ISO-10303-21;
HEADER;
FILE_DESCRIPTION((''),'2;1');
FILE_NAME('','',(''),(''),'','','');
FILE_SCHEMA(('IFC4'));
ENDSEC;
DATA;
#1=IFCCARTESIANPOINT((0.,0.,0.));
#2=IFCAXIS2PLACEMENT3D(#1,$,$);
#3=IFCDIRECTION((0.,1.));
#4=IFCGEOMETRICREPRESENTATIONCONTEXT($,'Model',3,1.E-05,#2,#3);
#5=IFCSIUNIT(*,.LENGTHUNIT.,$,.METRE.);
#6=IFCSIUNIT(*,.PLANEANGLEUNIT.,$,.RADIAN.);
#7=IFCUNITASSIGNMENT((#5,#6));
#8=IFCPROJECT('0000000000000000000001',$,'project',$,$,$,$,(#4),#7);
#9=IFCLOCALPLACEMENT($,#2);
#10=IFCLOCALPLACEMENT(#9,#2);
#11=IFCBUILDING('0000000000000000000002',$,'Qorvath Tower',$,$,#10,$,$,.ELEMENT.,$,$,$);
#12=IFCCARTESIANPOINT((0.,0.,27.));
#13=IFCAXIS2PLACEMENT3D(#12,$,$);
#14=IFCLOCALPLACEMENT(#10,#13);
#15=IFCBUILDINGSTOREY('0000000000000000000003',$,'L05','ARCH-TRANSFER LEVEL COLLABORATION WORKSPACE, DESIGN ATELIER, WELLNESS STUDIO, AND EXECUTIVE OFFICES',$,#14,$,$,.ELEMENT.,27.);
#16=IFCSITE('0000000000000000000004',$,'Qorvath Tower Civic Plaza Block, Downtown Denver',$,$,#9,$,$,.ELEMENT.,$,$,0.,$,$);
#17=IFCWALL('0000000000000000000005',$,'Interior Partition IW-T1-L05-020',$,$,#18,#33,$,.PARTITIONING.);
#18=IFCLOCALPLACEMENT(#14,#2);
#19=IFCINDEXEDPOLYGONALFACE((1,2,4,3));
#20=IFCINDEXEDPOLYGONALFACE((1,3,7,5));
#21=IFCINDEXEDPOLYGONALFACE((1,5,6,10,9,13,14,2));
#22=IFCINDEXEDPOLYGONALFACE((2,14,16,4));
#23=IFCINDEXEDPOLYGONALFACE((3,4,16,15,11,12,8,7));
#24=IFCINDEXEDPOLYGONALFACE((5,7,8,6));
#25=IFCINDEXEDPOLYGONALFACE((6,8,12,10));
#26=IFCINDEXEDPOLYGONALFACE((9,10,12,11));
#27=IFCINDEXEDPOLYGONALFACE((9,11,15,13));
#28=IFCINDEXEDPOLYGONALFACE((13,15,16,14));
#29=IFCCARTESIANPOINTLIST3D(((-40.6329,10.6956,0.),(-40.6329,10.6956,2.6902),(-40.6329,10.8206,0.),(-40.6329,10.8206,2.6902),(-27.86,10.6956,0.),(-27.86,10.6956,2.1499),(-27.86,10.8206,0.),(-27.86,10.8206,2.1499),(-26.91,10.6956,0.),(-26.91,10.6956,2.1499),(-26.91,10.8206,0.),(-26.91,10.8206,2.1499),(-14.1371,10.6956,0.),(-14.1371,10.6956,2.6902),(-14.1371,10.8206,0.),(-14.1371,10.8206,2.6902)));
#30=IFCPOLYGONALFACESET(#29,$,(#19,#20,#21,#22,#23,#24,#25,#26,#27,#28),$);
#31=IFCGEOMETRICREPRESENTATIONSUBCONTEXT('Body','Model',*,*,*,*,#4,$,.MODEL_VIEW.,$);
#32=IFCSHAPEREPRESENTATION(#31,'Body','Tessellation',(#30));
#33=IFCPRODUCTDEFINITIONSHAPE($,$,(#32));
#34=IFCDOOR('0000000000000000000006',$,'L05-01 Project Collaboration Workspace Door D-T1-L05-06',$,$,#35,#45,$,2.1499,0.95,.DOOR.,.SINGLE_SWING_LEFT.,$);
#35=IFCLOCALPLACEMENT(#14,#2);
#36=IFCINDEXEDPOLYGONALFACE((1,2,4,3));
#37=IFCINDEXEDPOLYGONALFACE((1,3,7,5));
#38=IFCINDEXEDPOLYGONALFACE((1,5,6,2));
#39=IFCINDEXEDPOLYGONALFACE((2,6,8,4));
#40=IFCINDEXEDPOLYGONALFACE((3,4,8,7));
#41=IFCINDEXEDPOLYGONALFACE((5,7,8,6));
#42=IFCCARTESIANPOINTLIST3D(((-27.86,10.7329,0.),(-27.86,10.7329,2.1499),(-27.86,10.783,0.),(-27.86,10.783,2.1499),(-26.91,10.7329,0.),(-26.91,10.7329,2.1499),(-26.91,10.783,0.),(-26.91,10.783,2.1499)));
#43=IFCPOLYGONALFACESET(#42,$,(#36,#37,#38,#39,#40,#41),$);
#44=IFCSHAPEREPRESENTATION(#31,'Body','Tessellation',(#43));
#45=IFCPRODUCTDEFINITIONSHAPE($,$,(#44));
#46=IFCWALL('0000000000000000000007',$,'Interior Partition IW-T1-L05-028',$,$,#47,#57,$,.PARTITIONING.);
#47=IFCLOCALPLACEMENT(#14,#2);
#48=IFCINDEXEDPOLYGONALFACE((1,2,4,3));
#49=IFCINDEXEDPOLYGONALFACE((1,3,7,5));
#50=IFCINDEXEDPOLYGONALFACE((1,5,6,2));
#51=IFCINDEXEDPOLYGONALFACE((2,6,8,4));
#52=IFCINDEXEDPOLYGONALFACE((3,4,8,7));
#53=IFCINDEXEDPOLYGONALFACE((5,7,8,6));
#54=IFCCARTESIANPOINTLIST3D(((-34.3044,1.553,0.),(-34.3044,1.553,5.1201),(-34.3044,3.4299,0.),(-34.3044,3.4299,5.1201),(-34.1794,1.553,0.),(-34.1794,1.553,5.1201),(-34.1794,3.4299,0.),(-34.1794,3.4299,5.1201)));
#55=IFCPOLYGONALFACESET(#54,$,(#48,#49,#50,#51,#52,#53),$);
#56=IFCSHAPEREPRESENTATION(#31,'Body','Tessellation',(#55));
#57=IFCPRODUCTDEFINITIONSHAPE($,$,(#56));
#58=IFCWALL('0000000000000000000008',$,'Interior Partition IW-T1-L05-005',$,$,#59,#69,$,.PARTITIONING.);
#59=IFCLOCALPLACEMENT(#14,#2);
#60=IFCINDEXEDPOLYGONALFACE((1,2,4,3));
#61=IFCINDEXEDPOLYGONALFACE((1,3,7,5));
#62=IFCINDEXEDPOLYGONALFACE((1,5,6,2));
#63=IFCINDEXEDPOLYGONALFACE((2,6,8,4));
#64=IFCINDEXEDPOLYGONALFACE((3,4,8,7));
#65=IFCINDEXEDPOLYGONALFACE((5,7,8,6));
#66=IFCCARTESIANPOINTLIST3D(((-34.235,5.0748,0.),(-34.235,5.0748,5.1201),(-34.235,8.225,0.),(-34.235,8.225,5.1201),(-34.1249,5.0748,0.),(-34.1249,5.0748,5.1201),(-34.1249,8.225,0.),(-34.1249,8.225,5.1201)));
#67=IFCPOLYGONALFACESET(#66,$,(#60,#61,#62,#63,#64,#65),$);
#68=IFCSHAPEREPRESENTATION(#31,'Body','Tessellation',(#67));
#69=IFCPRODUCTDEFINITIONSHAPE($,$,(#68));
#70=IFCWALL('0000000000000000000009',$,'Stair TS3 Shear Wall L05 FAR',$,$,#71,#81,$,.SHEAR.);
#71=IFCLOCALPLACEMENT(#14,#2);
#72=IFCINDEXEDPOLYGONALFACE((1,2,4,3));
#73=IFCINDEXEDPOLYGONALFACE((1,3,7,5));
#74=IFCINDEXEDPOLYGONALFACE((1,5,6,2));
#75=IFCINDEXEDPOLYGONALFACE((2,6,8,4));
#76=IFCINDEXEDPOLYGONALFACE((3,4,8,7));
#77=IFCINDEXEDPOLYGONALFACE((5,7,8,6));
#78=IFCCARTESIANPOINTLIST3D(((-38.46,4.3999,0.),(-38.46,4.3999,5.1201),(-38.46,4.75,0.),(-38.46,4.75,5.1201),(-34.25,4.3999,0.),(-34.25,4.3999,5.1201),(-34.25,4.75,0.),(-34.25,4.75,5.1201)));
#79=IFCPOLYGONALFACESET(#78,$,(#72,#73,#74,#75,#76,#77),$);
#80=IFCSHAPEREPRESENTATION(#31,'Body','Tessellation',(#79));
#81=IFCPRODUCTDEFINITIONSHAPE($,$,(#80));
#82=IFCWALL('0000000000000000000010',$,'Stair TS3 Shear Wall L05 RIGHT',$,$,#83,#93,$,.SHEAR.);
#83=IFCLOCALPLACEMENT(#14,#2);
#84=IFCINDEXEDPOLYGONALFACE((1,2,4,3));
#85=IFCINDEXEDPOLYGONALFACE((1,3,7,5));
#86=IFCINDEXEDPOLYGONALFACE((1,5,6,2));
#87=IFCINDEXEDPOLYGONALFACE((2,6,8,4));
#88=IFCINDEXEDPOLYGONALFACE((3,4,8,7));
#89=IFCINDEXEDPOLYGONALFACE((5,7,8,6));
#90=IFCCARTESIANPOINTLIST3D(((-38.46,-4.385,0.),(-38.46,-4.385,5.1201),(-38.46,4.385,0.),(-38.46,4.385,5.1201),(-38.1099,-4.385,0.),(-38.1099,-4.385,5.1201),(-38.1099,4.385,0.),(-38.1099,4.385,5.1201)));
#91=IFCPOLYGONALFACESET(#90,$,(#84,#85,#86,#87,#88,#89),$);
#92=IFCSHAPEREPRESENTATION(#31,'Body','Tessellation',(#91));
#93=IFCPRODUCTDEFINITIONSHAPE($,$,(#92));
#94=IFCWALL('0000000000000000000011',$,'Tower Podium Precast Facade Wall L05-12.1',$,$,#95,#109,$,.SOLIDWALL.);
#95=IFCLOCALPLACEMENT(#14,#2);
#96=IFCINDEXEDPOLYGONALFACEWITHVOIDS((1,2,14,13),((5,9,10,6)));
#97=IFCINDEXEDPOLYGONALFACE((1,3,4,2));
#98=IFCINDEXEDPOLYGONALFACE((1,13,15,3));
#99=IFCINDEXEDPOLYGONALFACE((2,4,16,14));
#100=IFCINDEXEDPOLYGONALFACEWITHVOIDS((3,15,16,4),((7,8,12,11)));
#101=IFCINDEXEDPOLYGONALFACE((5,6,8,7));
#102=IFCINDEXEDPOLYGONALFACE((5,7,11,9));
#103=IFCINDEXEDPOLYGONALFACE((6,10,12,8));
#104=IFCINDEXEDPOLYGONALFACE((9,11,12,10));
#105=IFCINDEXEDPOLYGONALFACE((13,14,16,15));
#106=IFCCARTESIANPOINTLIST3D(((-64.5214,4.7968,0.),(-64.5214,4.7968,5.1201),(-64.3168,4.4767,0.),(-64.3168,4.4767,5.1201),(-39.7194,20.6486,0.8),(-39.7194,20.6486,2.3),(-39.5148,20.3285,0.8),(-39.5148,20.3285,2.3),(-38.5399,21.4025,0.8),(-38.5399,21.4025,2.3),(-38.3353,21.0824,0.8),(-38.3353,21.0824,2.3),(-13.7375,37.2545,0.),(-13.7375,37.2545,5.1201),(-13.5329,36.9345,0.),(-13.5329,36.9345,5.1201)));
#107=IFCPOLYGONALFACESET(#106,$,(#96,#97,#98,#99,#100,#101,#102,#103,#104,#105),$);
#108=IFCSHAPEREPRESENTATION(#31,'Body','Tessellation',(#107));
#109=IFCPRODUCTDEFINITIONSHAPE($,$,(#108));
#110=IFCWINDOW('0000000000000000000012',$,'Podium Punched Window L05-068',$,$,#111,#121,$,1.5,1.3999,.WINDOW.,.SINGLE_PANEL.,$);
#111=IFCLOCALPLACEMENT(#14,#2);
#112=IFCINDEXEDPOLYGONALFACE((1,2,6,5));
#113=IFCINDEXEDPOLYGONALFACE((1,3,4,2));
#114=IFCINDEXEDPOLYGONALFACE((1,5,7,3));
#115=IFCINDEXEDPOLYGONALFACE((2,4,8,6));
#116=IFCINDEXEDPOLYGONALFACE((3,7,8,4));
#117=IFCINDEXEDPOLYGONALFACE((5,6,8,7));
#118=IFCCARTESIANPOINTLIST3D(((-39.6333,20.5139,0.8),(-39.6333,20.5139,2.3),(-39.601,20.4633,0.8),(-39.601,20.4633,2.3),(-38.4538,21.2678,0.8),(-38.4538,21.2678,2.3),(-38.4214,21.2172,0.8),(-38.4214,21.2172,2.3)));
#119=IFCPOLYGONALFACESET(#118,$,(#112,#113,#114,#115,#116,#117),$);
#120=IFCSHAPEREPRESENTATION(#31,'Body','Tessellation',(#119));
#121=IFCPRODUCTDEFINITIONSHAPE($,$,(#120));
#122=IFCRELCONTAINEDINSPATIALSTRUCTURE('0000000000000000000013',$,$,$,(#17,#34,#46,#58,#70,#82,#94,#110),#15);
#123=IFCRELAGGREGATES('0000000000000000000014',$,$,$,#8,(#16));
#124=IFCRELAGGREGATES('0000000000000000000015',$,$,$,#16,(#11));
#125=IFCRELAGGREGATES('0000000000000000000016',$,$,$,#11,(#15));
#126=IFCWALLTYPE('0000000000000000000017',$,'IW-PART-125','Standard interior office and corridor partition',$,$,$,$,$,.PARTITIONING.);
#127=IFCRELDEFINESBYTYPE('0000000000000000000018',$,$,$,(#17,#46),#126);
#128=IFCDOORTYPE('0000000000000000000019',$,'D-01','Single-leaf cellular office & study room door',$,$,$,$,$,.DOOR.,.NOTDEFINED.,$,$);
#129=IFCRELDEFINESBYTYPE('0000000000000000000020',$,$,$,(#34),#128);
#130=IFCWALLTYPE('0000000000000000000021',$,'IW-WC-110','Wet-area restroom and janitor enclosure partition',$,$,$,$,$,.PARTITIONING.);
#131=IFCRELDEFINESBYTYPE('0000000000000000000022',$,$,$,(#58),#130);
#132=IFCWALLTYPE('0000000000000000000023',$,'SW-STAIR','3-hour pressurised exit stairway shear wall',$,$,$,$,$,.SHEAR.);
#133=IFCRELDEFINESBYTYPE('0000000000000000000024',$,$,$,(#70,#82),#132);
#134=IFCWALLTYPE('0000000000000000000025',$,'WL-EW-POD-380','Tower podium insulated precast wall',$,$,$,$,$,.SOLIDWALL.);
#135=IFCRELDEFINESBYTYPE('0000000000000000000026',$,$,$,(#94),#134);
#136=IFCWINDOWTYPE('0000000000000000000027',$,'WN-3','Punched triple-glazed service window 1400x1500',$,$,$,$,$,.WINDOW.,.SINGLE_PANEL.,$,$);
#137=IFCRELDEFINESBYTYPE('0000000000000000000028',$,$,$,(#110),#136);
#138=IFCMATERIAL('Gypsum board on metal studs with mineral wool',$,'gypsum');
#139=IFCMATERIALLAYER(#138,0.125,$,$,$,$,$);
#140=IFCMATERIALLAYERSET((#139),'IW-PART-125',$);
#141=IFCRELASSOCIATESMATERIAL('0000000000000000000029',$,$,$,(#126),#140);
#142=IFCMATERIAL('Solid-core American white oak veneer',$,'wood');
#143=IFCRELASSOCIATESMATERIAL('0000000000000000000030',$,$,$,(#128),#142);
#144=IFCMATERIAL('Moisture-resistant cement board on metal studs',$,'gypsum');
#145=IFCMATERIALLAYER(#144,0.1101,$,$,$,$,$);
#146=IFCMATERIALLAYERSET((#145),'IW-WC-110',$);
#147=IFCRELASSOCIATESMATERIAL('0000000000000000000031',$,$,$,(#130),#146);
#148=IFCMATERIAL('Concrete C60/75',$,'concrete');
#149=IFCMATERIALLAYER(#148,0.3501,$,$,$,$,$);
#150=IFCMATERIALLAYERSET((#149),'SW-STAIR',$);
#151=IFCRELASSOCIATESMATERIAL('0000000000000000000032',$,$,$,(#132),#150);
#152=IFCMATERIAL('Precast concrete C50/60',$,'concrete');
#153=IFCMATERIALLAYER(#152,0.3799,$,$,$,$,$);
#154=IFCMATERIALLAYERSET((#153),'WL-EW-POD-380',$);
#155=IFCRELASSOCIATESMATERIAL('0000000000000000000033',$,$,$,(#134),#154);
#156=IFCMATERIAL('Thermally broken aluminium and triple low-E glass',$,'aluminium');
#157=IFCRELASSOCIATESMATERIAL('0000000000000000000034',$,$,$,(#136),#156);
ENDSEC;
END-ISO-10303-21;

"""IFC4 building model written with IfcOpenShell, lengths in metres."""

from ifc_helpers import new_model, si_unit, direction, frame, frame_2d, origin, place, context, subcontext, project, spatial, rectangle, extrude, material, layer, layer_set, type_object, element, fill, save


model = new_model("IFC4")

# Units and contexts
model_context = context("Model", 3, precision=1e-05, world=origin(), true_north=direction((0.0, 1.0)))
body_context = subcontext(model_context, "Body", "Model", "MODEL_VIEW")
ifc_project = project(units=[si_unit("LENGTHUNIT", "METRE"), si_unit("PLANEANGLEUNIT", "RADIAN")], contexts=[model_context])

# Site, building, storey
site_placement = place(None, origin())
site = spatial("IfcSite", under=ifc_project, at=site_placement, Name="Qorvath Tower Civic Plaza Block, Downtown Denver", CompositionType="ELEMENT", RefElevation=0.0)
building_placement = place(site_placement, origin())
building = spatial("IfcBuilding", under=site, at=building_placement, Name="Qorvath Tower", CompositionType="ELEMENT")
storey_placement = place(building_placement, frame((0.0, 0.0, 27.0)))
storey = spatial("IfcBuildingStorey", under=building, at=storey_placement, Name="L05", Description="ARCH-TRANSFER LEVEL COLLABORATION WORKSPACE, DESIGN ATELIER, WELLNESS STUDIO, AND EXECUTIVE OFFICES", CompositionType="ELEMENT", Elevation=27.0)

# Shared definitions
ifc_material_1 = material(Name="Gypsum board on metal studs with mineral wool", Category="gypsum")
ifc_layer_1 = layer(ifc_material_1, 0.125)
ifc_layer_set_1 = layer_set([ifc_layer_1], Name="IW-PART-125")
wall_type_1 = type_object("IfcWallType", Name="IW-PART-125", Description="Standard interior office and corridor partition", PredefinedType="PARTITIONING", material=ifc_layer_set_1)

# Wall, opening, door
wall_1_placement = place(storey_placement, frame((-40.6331, 10.7581, 0.0), z_axis=(0.0, 0.0, 1.0), x_axis=(1.0, 0.0, 0.0)))
wall_1 = element("IfcWall", 1, at=wall_1_placement, inside=storey, type_object=wall_type_1, Name="Interior Partition IW-T1-L05-020", PredefinedType="PARTITIONING", context=body_context, shape_type="SweptSolid", body=[
    extrude(rectangle(XDim=26.4958, YDim=0.125, at=frame_2d((13.248, 0.0))), origin(), (0.0, 0.0, 1.0), 2.6902),
])
opening_1_placement = place(wall_1_placement, frame((12.7729, 0.0, 0.0)))
opening_1 = element("IfcOpeningElement", 2, at=opening_1_placement, cuts=wall_1, PredefinedType="OPENING", context=body_context, shape_type="SweptSolid", body=[
    extrude(rectangle(XDim=0.95, YDim=2.1499, at=frame_2d((0.4751, 1.075))), frame((0.0, 0.0725, 0.0), z_axis=(0.0, -1.0, 0.0), x_axis=(1.0, 0.0, 0.0)), (0.0, 0.0, 1.0), 0.145),
])
ifc_material_2 = material(Name="Solid-core American white oak veneer", Category="wood")
door_type = type_object("IfcDoorType", Name="D-01", Description="Single-leaf cellular office & study room door", OperationType="NOTDEFINED", PredefinedType="DOOR", material=ifc_material_2)
door_placement = place(opening_1_placement, origin())
door = element("IfcDoor", 3, at=door_placement, inside=storey, type_object=door_type, Name="L05-01 Project Collaboration Workspace Door D-T1-L05-06", OperationType="SINGLE_SWING_LEFT", OverallHeight=2.1499, OverallWidth=0.95, PredefinedType="DOOR", context=body_context, shape_type="SweptSolid", body=[
    extrude(rectangle(XDim=0.95, YDim=2.1499, at=frame_2d((0.4751, 1.075))), frame((0.0, 0.0249, 0.0), z_axis=(0.0, -1.0, 0.0), x_axis=(1.0, 0.0, 0.0)), (0.0, 0.0, 1.0), 0.05),
])
fill(opening_1, door)

# Walls
wall_2_placement = place(storey_placement, frame((-34.2419, 3.4299, 0.0), z_axis=(0.0, 0.0, 1.0), x_axis=(0.0, -1.0, 0.0)))
element("IfcWall", 4, at=wall_2_placement, inside=storey, type_object=wall_type_1, Name="Interior Partition IW-T1-L05-028", PredefinedType="PARTITIONING", context=body_context, shape_type="SweptSolid", body=[
    extrude(rectangle(XDim=1.877, YDim=0.125, at=frame_2d((0.9385, 0.0))), origin(), (0.0, 0.0, 1.0), 5.1201),
])
ifc_material_3 = material(Name="Moisture-resistant cement board on metal studs", Category="gypsum")
ifc_layer_2 = layer(ifc_material_3, 0.1101)
ifc_layer_set_2 = layer_set([ifc_layer_2], Name="IW-WC-110")
wall_type_2 = type_object("IfcWallType", Name="IW-WC-110", Description="Wet-area restroom and janitor enclosure partition", PredefinedType="PARTITIONING", material=ifc_layer_set_2)
wall_3_placement = place(storey_placement, frame((-34.1799, 8.2251, 0.0), z_axis=(0.0, 0.0, 1.0), x_axis=(0.0, -1.0, 0.0)))
element("IfcWall", 5, at=wall_3_placement, inside=storey, type_object=wall_type_2, Name="Interior Partition IW-T1-L05-005", PredefinedType="PARTITIONING", context=body_context, shape_type="SweptSolid", body=[
    extrude(rectangle(XDim=3.1501, YDim=0.1101, at=frame_2d((1.5752, 0.0))), origin(), (0.0, 0.0, 1.0), 5.1201),
])
ifc_material_4 = material(Name="Concrete C60/75", Category="concrete")
ifc_layer_3 = layer(ifc_material_4, 0.3501)
ifc_layer_set_3 = layer_set([ifc_layer_3], Name="SW-STAIR")
wall_type_3 = type_object("IfcWallType", Name="SW-STAIR", Description="3-hour pressurised exit stairway shear wall", PredefinedType="SHEAR", material=ifc_layer_set_3)
wall_4_placement = place(storey_placement, frame((-34.25, 4.575, 0.0), z_axis=(0.0, 0.0, 1.0), x_axis=(-1.0, 0.0, 0.0)))
element("IfcWall", 6, at=wall_4_placement, inside=storey, type_object=wall_type_3, Name="Stair TS3 Shear Wall L05 FAR", PredefinedType="SHEAR", context=body_context, shape_type="SweptSolid", body=[
    extrude(rectangle(XDim=4.21, YDim=0.3501, at=frame_2d((2.105, 0.0))), origin(), (0.0, 0.0, 1.0), 5.1201),
])
wall_5_placement = place(storey_placement, frame((-38.2849, 4.385, 0.0), z_axis=(0.0, 0.0, 1.0), x_axis=(0.0, -1.0, 0.0)))
element("IfcWall", 7, at=wall_5_placement, inside=storey, type_object=wall_type_3, Name="Stair TS3 Shear Wall L05 RIGHT", PredefinedType="SHEAR", context=body_context, shape_type="SweptSolid", body=[
    extrude(rectangle(XDim=8.77, YDim=0.3501, at=frame_2d((4.385, 0.0))), origin(), (0.0, 0.0, 1.0), 5.1201),
])

# Wall, opening, window
ifc_material_5 = material(Name="Precast concrete C50/60", Category="concrete")
ifc_layer_4 = layer(ifc_material_5, 0.3799)
ifc_layer_set_4 = layer_set([ifc_layer_4], Name="WL-EW-POD-380")
wall_type_4 = type_object("IfcWallType", Name="WL-EW-POD-380", Description="Tower podium insulated precast wall", PredefinedType="SOLIDWALL", material=ifc_layer_set_4)
wall_6_placement = place(storey_placement, frame((-64.4192, 4.6367, 0.0), z_axis=(0.0, 0.0, 1.0), x_axis=(0.842602, 0.538536, 0.0)))
wall_6 = element("IfcWall", 8, at=wall_6_placement, inside=storey, type_object=wall_type_4, Name="Tower Podium Precast Facade Wall L05-12.1", PredefinedType="SOLIDWALL", context=body_context, shape_type="SweptSolid", body=[
    extrude(rectangle(XDim=60.2703, YDim=0.3799, at=frame_2d((30.1353, 0.0))), origin(), (0.0, 0.0, 1.0), 5.1201),
])
opening_2_placement = place(wall_6_placement, frame((29.4351, 0.0, 0.8)))
opening_2 = element("IfcOpeningElement", 9, at=opening_2_placement, cuts=wall_6, PredefinedType="OPENING", context=body_context, shape_type="SweptSolid", body=[
    extrude(rectangle(XDim=1.3999, YDim=1.5, at=frame_2d((0.7, 0.75))), frame((0.0, 0.2, 0.0), z_axis=(0.0, -1.0, 0.0), x_axis=(1.0, 0.0, 0.0)), (0.0, 0.0, 1.0), 0.3999),
])
ifc_material_6 = material(Name="Thermally broken aluminium and triple low-E glass", Category="aluminium")
window_type = type_object("IfcWindowType", Name="WN-3", Description="Punched triple-glazed service window 1400x1500", PartitioningType="SINGLE_PANEL", PredefinedType="WINDOW", material=ifc_material_6)
window_placement = place(opening_2_placement, origin())
window = element("IfcWindow", 10, at=window_placement, inside=storey, type_object=window_type, Name="Podium Punched Window L05-068", OverallHeight=1.5, OverallWidth=1.3999, PartitioningType="SINGLE_PANEL", PredefinedType="WINDOW", context=body_context, shape_type="SweptSolid", body=[
    extrude(rectangle(XDim=1.3999, YDim=1.5, at=frame_2d((0.7, 0.75))), frame((0.0, 0.03, 0.0), z_axis=(0.0, -1.0, 0.0), x_axis=(1.0, 0.0, 0.0)), (0.0, 0.0, 1.0), 0.0601),
])
fill(opening_2, window)

save(model, "model.ifc")
